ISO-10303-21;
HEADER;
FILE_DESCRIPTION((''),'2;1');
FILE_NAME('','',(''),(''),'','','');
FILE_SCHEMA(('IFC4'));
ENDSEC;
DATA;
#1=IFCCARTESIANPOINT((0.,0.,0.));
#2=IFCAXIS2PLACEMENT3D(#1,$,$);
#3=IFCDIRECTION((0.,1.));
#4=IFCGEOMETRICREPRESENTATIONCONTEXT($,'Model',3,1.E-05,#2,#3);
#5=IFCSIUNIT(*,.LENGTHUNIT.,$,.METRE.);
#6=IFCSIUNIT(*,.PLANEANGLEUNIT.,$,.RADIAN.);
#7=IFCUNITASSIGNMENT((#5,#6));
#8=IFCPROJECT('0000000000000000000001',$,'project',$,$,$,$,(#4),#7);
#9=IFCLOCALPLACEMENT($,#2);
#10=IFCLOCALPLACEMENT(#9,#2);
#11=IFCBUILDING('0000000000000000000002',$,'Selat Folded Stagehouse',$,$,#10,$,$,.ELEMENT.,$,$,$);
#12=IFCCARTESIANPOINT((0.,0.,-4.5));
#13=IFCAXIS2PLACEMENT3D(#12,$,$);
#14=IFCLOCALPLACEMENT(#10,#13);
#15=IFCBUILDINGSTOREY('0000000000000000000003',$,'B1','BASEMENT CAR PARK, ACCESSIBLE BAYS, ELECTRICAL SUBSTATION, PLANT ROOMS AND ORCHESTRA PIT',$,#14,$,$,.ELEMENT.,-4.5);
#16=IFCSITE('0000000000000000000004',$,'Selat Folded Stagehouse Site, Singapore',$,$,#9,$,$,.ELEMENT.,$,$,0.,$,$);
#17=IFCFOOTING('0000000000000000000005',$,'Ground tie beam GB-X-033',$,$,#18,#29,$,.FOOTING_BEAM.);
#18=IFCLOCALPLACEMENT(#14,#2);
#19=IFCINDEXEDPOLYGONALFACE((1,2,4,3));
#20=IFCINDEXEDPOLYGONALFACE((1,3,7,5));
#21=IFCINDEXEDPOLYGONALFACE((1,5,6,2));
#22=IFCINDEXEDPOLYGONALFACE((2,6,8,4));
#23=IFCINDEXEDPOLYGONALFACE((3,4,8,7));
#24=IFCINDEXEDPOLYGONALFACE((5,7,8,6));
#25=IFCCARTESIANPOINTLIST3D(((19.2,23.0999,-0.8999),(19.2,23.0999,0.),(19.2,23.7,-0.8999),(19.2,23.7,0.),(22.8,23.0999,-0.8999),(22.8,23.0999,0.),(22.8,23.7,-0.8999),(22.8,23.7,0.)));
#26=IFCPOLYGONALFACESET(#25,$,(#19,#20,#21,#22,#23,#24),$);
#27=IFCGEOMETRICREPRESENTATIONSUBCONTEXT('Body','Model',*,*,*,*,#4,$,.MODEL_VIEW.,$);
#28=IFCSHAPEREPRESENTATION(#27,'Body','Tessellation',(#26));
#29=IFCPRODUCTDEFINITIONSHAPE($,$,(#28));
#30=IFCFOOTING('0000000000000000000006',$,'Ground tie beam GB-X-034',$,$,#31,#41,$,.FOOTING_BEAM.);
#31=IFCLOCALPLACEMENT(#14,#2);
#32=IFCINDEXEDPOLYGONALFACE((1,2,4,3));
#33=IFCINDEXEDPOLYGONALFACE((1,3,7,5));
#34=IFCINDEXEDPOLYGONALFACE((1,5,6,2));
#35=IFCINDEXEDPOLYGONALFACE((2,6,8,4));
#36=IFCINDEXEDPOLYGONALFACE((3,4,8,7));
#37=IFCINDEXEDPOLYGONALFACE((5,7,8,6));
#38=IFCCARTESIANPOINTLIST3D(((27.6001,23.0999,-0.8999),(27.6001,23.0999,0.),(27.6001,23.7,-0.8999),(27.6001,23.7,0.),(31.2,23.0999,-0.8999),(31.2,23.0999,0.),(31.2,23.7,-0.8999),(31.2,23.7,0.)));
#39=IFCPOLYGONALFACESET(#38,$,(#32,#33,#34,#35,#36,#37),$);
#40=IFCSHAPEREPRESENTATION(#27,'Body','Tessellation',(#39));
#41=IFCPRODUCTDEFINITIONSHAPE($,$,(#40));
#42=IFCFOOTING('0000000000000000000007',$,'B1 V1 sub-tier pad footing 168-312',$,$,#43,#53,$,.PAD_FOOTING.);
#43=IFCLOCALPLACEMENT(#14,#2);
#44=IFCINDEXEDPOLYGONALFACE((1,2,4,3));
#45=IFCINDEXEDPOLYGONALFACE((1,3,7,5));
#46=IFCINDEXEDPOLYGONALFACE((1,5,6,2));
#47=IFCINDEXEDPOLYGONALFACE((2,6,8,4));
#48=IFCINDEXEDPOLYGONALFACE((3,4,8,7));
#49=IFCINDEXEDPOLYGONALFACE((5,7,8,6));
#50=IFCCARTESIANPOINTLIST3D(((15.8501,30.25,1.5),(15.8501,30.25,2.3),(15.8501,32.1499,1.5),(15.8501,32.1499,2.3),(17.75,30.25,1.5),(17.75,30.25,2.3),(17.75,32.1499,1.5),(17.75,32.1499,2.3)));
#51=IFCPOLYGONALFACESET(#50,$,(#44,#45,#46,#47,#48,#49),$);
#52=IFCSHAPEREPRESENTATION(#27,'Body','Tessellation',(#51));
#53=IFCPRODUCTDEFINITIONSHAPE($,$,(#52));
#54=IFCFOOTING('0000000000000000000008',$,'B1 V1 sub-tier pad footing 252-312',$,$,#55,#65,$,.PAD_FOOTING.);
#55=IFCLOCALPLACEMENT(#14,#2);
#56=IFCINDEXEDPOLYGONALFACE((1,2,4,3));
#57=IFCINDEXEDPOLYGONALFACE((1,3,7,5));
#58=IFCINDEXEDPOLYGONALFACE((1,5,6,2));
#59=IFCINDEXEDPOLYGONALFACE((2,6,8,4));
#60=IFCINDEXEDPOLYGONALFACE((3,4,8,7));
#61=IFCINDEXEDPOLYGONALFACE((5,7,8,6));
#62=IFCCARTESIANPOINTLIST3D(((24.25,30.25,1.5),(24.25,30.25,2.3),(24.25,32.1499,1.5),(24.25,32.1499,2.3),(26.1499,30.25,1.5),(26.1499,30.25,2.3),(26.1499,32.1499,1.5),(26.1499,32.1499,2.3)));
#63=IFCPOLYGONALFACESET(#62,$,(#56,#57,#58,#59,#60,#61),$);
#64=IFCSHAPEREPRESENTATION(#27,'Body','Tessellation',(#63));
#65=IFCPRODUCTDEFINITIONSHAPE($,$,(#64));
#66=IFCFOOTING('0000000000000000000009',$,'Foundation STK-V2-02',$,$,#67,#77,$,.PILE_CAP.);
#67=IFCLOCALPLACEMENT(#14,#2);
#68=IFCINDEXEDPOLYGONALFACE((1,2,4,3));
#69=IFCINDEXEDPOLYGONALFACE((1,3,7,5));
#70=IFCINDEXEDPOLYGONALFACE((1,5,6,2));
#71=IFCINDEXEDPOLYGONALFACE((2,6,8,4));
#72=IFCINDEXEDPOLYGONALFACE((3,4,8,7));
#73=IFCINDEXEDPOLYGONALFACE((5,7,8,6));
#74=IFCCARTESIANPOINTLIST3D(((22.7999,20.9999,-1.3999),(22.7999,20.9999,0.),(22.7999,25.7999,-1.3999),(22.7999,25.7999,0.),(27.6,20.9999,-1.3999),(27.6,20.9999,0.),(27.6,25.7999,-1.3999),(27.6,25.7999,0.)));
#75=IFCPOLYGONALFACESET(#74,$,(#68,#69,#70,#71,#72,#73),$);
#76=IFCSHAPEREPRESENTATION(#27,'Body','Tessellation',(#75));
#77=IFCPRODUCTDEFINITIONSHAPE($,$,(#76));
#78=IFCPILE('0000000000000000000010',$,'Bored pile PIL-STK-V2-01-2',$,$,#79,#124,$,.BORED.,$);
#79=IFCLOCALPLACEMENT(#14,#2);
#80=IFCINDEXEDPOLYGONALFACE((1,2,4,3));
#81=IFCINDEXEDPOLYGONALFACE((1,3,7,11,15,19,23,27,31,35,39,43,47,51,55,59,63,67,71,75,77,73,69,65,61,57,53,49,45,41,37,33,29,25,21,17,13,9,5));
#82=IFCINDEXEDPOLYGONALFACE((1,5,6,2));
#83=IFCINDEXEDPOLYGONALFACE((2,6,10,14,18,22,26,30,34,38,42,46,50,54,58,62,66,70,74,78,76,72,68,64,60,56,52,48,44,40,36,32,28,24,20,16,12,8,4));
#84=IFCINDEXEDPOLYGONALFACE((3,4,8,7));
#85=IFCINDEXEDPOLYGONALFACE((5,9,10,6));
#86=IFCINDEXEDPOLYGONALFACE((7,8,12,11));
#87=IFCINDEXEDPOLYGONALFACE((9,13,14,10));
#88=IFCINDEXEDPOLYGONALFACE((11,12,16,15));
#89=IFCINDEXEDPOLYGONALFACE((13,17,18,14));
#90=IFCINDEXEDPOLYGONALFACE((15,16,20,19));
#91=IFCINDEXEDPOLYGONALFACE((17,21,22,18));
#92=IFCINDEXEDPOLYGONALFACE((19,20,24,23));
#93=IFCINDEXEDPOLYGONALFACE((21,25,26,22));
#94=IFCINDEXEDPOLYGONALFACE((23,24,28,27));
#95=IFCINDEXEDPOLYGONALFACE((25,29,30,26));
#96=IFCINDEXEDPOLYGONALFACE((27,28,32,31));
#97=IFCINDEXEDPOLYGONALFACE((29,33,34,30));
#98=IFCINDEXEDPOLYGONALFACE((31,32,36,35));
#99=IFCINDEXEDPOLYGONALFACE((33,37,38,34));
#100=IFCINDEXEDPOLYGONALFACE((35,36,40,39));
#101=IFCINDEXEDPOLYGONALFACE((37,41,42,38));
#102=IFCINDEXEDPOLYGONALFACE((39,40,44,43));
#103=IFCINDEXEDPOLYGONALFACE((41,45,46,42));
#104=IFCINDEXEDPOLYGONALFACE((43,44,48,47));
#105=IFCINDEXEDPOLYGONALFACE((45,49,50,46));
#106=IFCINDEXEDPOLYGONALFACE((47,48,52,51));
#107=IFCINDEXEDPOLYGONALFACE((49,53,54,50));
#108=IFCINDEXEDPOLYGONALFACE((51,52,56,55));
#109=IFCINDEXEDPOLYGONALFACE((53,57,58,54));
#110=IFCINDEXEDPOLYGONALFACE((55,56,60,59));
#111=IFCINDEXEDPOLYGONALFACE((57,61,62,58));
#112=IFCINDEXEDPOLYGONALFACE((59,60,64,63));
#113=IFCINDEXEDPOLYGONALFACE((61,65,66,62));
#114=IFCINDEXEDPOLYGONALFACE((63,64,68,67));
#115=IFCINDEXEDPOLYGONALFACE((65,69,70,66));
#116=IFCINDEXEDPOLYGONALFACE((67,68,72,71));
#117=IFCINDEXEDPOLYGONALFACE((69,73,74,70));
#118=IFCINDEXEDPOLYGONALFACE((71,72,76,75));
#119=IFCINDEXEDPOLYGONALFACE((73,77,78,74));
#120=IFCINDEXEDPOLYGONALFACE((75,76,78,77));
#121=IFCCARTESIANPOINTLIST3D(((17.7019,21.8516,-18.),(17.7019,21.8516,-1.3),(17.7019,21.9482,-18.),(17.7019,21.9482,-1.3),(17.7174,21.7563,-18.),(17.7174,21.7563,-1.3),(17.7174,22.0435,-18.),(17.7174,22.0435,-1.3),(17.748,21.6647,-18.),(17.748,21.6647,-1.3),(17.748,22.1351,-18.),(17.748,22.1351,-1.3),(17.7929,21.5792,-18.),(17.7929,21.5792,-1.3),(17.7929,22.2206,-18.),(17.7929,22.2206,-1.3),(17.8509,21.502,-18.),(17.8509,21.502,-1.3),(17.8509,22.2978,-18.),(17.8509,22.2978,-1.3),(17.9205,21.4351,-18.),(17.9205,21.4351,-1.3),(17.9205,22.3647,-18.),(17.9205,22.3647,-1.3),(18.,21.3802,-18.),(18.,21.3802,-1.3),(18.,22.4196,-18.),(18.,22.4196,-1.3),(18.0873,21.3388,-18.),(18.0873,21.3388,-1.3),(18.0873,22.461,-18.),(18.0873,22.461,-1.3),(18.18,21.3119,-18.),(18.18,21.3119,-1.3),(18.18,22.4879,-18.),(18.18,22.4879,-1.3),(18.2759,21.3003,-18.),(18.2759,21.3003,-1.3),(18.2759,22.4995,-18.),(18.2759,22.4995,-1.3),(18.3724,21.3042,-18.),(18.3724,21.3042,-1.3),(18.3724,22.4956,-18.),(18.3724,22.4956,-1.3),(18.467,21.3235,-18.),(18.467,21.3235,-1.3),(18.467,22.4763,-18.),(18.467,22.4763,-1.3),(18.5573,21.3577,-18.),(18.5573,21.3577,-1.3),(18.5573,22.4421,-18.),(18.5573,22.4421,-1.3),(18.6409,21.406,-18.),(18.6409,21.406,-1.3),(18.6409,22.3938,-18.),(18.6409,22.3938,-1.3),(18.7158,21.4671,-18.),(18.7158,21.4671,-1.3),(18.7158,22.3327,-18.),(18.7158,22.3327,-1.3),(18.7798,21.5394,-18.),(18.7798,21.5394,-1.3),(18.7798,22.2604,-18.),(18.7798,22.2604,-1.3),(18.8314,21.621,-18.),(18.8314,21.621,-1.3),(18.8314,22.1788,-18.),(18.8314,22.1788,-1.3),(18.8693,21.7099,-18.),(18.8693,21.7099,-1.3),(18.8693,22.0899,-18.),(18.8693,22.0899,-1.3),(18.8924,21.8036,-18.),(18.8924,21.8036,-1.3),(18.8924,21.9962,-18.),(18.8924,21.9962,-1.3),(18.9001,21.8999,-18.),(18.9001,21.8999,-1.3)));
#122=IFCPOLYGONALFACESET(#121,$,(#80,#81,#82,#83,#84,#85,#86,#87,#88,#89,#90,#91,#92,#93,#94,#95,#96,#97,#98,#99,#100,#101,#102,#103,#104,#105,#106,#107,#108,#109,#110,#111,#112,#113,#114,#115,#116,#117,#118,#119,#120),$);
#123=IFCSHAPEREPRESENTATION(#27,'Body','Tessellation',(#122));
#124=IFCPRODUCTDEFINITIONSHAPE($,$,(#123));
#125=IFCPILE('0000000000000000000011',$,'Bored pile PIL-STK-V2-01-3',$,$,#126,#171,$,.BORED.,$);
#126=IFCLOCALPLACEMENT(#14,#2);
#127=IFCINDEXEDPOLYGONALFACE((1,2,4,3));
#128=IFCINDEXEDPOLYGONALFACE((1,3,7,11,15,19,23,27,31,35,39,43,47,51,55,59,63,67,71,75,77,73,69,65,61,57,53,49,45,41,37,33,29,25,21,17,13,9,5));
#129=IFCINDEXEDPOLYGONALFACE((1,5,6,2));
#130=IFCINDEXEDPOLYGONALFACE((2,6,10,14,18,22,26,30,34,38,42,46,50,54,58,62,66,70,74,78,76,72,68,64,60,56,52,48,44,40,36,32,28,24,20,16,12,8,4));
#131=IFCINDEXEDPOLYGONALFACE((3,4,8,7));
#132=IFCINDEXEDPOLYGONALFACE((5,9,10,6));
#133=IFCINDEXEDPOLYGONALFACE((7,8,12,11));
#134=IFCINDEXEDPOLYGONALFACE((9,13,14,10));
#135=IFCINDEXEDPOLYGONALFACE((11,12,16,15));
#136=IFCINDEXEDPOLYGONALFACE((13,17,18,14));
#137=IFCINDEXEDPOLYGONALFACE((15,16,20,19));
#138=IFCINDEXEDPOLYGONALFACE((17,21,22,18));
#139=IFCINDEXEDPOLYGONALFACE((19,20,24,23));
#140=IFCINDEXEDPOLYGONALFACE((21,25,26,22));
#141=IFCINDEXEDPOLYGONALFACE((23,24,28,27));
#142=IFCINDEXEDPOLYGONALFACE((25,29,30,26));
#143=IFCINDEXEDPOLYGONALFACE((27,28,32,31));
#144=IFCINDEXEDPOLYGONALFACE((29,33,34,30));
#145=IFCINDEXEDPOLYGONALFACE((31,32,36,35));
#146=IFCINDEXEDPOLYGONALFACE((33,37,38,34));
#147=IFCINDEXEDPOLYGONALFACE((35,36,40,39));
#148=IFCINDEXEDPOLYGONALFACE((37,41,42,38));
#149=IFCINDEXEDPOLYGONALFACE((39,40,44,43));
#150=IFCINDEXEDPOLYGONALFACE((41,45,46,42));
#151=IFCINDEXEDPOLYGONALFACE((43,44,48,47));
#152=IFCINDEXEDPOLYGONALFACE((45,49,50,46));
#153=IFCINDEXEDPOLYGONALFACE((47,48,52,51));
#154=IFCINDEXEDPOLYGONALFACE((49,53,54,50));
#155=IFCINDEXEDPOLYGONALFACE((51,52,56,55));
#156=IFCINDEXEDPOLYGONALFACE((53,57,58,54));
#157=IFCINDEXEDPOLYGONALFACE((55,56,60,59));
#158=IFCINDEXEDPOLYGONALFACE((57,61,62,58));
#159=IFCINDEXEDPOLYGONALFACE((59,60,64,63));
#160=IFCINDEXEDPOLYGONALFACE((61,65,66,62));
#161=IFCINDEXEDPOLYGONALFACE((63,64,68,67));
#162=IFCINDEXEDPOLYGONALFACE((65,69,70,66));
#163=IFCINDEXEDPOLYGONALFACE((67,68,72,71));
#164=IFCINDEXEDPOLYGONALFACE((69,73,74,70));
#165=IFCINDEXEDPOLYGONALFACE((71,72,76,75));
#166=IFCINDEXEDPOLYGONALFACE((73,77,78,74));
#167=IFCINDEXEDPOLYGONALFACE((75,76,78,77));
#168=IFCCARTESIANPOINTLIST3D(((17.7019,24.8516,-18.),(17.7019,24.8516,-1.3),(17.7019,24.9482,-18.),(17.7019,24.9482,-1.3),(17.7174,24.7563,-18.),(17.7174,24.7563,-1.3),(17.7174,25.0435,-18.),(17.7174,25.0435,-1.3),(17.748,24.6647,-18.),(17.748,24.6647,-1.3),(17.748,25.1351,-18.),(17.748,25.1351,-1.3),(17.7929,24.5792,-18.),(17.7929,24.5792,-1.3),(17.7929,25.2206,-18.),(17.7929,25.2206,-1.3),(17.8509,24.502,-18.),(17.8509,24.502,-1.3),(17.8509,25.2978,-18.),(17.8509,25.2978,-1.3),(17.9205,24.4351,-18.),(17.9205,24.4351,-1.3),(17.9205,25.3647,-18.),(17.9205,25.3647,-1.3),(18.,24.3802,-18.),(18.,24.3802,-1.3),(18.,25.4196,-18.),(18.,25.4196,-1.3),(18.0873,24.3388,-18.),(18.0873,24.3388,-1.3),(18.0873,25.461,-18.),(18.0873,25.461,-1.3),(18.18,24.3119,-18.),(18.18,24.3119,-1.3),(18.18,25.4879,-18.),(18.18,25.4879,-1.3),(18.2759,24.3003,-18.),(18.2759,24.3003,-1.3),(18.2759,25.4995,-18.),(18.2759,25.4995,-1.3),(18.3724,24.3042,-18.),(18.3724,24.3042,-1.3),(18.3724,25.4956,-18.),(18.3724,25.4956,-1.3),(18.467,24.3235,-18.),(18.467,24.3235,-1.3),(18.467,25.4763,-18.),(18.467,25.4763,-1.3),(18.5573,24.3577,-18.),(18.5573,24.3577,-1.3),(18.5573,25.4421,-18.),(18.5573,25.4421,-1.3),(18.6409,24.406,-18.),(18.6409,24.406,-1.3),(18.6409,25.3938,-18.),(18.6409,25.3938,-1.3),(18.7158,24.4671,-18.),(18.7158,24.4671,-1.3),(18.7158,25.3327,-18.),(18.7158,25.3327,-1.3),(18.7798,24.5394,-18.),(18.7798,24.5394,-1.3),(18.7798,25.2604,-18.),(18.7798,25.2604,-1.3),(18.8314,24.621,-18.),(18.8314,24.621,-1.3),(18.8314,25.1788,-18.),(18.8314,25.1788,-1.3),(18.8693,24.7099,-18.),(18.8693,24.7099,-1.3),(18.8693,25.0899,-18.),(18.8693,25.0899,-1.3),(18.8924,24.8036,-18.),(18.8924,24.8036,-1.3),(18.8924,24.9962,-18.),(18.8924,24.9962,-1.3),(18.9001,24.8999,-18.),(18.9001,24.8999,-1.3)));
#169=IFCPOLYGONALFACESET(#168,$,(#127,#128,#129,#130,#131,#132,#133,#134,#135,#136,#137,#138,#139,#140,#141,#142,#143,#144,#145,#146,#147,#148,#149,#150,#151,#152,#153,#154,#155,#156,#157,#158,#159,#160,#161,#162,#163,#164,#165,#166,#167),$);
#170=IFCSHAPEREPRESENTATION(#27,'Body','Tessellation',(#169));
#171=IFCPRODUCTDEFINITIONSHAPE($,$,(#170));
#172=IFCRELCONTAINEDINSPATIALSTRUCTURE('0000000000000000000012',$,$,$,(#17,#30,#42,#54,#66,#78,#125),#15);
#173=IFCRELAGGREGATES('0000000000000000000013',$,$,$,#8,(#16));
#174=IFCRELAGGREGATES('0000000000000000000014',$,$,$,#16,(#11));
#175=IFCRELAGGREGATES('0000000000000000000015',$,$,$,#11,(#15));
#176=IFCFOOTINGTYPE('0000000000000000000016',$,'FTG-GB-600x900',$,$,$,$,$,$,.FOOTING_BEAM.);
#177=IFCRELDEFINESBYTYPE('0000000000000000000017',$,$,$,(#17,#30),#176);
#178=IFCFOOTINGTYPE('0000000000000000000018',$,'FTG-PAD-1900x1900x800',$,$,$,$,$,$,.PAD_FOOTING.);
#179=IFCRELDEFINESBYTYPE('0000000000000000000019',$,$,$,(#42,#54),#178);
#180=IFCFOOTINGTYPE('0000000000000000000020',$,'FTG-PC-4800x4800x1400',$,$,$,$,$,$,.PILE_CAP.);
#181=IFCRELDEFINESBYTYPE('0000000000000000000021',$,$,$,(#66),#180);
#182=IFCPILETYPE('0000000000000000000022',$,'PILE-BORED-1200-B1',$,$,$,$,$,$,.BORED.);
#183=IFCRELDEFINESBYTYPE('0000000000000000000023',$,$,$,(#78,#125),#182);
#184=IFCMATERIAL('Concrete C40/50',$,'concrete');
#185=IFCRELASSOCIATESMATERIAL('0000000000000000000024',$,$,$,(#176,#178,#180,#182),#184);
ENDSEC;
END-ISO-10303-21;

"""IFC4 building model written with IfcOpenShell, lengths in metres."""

from ifc_helpers import new_model, si_unit, direction, frame, origin, origin_2d, place, context, subcontext, project, spatial, rectangle, circle, extrude, material, material_profile, profile_set, type_object, element, save


model = new_model("IFC4")

# Units and contexts
model_context = context("Model", 3, precision=1e-05, world=origin(), true_north=direction((0.0, 1.0)))
body_context = subcontext(model_context, "Body", "Model", "MODEL_VIEW")
ifc_project = project(units=[si_unit("LENGTHUNIT", "METRE"), si_unit("PLANEANGLEUNIT", "RADIAN")], contexts=[model_context])

# Site, building, storey
site_placement = place(None, origin())
site = spatial("IfcSite", under=ifc_project, at=site_placement, Name="Selat Folded Stagehouse Site, Singapore", CompositionType="ELEMENT", RefElevation=0.0)
building_placement = place(site_placement, origin())
building = spatial("IfcBuilding", under=site, at=building_placement, Name="Selat Folded Stagehouse", CompositionType="ELEMENT")
storey_placement = place(building_placement, frame((0.0, 0.0, -4.5)))
storey = spatial("IfcBuildingStorey", under=building, at=storey_placement, Name="B1", Description="BASEMENT CAR PARK, ACCESSIBLE BAYS, ELECTRICAL SUBSTATION, PLANT ROOMS AND ORCHESTRA PIT", CompositionType="ELEMENT", Elevation=-4.5)

# Footings
ifc_material_1 = material(Name="Concrete C40/50", Category="concrete")
ifc_material_profile_1 = material_profile(ifc_material_1, rectangle(XDim=0.6001, YDim=0.8999, at=origin_2d()), Name="RC 900x600")
ifc_profile_set_1 = profile_set([ifc_material_profile_1], Name="Concrete C40/50")
footing_type_1 = type_object("IfcFootingType", Name="FTG-GB-600x900", PredefinedType="FOOTING_BEAM", material=ifc_profile_set_1)
footing_1_placement = place(storey_placement, frame((19.2, 23.3999, -0.45), z_axis=(1.0, 0.0, 0.0), x_axis=(0.0, 1.0, 0.0)))
element("IfcFooting", 1, at=footing_1_placement, inside=storey, type_object=footing_type_1, Name="Ground tie beam GB-X-033", PredefinedType="FOOTING_BEAM", context=body_context, shape_type="SweptSolid", body=[
    extrude(rectangle(XDim=0.6001, YDim=0.8999, at=origin_2d()), origin(), (0.0, 0.0, 1.0), 3.6001),
])
footing_2_placement = place(storey_placement, frame((27.6001, 23.3999, -0.45), z_axis=(1.0, 0.0, 0.0), x_axis=(0.0, 1.0, 0.0)))
element("IfcFooting", 2, at=footing_2_placement, inside=storey, type_object=footing_type_1, Name="Ground tie beam GB-X-034", PredefinedType="FOOTING_BEAM", context=body_context, shape_type="SweptSolid", body=[
    extrude(rectangle(XDim=0.6001, YDim=0.8999, at=origin_2d()), origin(), (0.0, 0.0, 1.0), 3.5999),
])
footing_type_2 = type_object("IfcFootingType", Name="FTG-PAD-1900x1900x800", PredefinedType="PAD_FOOTING", material=ifc_material_1)
for number, where, z_axis, x_axis, name in (
    (3, (16.8, 31.2, 1.5), (0.0, 0.0, 1.0), (1.0, 0.0, 0.0), "B1 V1 sub-tier pad footing 168-312"),
    (4, (25.2, 31.2, 1.5), (0.0, 0.0, 1.0), (1.0, 0.0, 0.0), "B1 V1 sub-tier pad footing 252-312"),
):
    element("IfcFooting", number, at=place(storey_placement, frame(where, z_axis=z_axis, x_axis=x_axis)), inside=storey, type_object=footing_type_2, Name=name, PredefinedType="PAD_FOOTING", context=body_context, shape_type="SweptSolid", body=[
        extrude(rectangle(XDim=1.8999, YDim=1.8999, at=origin_2d()), origin(), (0.0, 0.0, 1.0), 0.8),
    ])
footing_type_3 = type_object("IfcFootingType", Name="FTG-PC-4800x4800x1400", PredefinedType="PILE_CAP", material=ifc_material_1)
footing_3_placement = place(storey_placement, frame((25.2, 23.3999, -1.3999), z_axis=(0.0, 0.0, 1.0), x_axis=(1.0, 0.0, 0.0)))
element("IfcFooting", 5, at=footing_3_placement, inside=storey, type_object=footing_type_3, Name="Foundation STK-V2-02", PredefinedType="PILE_CAP", context=body_context, shape_type="SweptSolid", body=[
    extrude(rectangle(XDim=4.8, YDim=4.8, at=origin_2d()), origin(), (0.0, 0.0, 1.0), 1.3999),
])

# Piles
ifc_material_profile_2 = material_profile(ifc_material_1, circle(Radius=0.6001, at=origin_2d()), Name="PILE D1200")
ifc_profile_set_2 = profile_set([ifc_material_profile_2], Name="Concrete C40/50")
pile_type = type_object("IfcPileType", Name="PILE-BORED-1200-B1", PredefinedType="BORED", material=ifc_profile_set_2)
for number, where, z_axis, x_axis, name in (
    (6, (18.3, 21.8999, -1.3), (0.0, 0.0, -1.0), (1.0, 0.0, 0.0), "Bored pile PIL-STK-V2-01-2"),
    (7, (18.3, 24.8999, -1.3), (0.0, 0.0, -1.0), (1.0, 0.0, 0.0), "Bored pile PIL-STK-V2-01-3"),
):
    element("IfcPile", number, at=place(storey_placement, frame(where, z_axis=z_axis, x_axis=x_axis)), inside=storey, type_object=pile_type, Name=name, PredefinedType="BORED", context=body_context, shape_type="SweptSolid", body=[
        extrude(circle(Radius=0.6001, at=origin_2d()), origin(), (0.0, 0.0, 1.0), 16.7),
    ])

save(model, "model.ifc")
